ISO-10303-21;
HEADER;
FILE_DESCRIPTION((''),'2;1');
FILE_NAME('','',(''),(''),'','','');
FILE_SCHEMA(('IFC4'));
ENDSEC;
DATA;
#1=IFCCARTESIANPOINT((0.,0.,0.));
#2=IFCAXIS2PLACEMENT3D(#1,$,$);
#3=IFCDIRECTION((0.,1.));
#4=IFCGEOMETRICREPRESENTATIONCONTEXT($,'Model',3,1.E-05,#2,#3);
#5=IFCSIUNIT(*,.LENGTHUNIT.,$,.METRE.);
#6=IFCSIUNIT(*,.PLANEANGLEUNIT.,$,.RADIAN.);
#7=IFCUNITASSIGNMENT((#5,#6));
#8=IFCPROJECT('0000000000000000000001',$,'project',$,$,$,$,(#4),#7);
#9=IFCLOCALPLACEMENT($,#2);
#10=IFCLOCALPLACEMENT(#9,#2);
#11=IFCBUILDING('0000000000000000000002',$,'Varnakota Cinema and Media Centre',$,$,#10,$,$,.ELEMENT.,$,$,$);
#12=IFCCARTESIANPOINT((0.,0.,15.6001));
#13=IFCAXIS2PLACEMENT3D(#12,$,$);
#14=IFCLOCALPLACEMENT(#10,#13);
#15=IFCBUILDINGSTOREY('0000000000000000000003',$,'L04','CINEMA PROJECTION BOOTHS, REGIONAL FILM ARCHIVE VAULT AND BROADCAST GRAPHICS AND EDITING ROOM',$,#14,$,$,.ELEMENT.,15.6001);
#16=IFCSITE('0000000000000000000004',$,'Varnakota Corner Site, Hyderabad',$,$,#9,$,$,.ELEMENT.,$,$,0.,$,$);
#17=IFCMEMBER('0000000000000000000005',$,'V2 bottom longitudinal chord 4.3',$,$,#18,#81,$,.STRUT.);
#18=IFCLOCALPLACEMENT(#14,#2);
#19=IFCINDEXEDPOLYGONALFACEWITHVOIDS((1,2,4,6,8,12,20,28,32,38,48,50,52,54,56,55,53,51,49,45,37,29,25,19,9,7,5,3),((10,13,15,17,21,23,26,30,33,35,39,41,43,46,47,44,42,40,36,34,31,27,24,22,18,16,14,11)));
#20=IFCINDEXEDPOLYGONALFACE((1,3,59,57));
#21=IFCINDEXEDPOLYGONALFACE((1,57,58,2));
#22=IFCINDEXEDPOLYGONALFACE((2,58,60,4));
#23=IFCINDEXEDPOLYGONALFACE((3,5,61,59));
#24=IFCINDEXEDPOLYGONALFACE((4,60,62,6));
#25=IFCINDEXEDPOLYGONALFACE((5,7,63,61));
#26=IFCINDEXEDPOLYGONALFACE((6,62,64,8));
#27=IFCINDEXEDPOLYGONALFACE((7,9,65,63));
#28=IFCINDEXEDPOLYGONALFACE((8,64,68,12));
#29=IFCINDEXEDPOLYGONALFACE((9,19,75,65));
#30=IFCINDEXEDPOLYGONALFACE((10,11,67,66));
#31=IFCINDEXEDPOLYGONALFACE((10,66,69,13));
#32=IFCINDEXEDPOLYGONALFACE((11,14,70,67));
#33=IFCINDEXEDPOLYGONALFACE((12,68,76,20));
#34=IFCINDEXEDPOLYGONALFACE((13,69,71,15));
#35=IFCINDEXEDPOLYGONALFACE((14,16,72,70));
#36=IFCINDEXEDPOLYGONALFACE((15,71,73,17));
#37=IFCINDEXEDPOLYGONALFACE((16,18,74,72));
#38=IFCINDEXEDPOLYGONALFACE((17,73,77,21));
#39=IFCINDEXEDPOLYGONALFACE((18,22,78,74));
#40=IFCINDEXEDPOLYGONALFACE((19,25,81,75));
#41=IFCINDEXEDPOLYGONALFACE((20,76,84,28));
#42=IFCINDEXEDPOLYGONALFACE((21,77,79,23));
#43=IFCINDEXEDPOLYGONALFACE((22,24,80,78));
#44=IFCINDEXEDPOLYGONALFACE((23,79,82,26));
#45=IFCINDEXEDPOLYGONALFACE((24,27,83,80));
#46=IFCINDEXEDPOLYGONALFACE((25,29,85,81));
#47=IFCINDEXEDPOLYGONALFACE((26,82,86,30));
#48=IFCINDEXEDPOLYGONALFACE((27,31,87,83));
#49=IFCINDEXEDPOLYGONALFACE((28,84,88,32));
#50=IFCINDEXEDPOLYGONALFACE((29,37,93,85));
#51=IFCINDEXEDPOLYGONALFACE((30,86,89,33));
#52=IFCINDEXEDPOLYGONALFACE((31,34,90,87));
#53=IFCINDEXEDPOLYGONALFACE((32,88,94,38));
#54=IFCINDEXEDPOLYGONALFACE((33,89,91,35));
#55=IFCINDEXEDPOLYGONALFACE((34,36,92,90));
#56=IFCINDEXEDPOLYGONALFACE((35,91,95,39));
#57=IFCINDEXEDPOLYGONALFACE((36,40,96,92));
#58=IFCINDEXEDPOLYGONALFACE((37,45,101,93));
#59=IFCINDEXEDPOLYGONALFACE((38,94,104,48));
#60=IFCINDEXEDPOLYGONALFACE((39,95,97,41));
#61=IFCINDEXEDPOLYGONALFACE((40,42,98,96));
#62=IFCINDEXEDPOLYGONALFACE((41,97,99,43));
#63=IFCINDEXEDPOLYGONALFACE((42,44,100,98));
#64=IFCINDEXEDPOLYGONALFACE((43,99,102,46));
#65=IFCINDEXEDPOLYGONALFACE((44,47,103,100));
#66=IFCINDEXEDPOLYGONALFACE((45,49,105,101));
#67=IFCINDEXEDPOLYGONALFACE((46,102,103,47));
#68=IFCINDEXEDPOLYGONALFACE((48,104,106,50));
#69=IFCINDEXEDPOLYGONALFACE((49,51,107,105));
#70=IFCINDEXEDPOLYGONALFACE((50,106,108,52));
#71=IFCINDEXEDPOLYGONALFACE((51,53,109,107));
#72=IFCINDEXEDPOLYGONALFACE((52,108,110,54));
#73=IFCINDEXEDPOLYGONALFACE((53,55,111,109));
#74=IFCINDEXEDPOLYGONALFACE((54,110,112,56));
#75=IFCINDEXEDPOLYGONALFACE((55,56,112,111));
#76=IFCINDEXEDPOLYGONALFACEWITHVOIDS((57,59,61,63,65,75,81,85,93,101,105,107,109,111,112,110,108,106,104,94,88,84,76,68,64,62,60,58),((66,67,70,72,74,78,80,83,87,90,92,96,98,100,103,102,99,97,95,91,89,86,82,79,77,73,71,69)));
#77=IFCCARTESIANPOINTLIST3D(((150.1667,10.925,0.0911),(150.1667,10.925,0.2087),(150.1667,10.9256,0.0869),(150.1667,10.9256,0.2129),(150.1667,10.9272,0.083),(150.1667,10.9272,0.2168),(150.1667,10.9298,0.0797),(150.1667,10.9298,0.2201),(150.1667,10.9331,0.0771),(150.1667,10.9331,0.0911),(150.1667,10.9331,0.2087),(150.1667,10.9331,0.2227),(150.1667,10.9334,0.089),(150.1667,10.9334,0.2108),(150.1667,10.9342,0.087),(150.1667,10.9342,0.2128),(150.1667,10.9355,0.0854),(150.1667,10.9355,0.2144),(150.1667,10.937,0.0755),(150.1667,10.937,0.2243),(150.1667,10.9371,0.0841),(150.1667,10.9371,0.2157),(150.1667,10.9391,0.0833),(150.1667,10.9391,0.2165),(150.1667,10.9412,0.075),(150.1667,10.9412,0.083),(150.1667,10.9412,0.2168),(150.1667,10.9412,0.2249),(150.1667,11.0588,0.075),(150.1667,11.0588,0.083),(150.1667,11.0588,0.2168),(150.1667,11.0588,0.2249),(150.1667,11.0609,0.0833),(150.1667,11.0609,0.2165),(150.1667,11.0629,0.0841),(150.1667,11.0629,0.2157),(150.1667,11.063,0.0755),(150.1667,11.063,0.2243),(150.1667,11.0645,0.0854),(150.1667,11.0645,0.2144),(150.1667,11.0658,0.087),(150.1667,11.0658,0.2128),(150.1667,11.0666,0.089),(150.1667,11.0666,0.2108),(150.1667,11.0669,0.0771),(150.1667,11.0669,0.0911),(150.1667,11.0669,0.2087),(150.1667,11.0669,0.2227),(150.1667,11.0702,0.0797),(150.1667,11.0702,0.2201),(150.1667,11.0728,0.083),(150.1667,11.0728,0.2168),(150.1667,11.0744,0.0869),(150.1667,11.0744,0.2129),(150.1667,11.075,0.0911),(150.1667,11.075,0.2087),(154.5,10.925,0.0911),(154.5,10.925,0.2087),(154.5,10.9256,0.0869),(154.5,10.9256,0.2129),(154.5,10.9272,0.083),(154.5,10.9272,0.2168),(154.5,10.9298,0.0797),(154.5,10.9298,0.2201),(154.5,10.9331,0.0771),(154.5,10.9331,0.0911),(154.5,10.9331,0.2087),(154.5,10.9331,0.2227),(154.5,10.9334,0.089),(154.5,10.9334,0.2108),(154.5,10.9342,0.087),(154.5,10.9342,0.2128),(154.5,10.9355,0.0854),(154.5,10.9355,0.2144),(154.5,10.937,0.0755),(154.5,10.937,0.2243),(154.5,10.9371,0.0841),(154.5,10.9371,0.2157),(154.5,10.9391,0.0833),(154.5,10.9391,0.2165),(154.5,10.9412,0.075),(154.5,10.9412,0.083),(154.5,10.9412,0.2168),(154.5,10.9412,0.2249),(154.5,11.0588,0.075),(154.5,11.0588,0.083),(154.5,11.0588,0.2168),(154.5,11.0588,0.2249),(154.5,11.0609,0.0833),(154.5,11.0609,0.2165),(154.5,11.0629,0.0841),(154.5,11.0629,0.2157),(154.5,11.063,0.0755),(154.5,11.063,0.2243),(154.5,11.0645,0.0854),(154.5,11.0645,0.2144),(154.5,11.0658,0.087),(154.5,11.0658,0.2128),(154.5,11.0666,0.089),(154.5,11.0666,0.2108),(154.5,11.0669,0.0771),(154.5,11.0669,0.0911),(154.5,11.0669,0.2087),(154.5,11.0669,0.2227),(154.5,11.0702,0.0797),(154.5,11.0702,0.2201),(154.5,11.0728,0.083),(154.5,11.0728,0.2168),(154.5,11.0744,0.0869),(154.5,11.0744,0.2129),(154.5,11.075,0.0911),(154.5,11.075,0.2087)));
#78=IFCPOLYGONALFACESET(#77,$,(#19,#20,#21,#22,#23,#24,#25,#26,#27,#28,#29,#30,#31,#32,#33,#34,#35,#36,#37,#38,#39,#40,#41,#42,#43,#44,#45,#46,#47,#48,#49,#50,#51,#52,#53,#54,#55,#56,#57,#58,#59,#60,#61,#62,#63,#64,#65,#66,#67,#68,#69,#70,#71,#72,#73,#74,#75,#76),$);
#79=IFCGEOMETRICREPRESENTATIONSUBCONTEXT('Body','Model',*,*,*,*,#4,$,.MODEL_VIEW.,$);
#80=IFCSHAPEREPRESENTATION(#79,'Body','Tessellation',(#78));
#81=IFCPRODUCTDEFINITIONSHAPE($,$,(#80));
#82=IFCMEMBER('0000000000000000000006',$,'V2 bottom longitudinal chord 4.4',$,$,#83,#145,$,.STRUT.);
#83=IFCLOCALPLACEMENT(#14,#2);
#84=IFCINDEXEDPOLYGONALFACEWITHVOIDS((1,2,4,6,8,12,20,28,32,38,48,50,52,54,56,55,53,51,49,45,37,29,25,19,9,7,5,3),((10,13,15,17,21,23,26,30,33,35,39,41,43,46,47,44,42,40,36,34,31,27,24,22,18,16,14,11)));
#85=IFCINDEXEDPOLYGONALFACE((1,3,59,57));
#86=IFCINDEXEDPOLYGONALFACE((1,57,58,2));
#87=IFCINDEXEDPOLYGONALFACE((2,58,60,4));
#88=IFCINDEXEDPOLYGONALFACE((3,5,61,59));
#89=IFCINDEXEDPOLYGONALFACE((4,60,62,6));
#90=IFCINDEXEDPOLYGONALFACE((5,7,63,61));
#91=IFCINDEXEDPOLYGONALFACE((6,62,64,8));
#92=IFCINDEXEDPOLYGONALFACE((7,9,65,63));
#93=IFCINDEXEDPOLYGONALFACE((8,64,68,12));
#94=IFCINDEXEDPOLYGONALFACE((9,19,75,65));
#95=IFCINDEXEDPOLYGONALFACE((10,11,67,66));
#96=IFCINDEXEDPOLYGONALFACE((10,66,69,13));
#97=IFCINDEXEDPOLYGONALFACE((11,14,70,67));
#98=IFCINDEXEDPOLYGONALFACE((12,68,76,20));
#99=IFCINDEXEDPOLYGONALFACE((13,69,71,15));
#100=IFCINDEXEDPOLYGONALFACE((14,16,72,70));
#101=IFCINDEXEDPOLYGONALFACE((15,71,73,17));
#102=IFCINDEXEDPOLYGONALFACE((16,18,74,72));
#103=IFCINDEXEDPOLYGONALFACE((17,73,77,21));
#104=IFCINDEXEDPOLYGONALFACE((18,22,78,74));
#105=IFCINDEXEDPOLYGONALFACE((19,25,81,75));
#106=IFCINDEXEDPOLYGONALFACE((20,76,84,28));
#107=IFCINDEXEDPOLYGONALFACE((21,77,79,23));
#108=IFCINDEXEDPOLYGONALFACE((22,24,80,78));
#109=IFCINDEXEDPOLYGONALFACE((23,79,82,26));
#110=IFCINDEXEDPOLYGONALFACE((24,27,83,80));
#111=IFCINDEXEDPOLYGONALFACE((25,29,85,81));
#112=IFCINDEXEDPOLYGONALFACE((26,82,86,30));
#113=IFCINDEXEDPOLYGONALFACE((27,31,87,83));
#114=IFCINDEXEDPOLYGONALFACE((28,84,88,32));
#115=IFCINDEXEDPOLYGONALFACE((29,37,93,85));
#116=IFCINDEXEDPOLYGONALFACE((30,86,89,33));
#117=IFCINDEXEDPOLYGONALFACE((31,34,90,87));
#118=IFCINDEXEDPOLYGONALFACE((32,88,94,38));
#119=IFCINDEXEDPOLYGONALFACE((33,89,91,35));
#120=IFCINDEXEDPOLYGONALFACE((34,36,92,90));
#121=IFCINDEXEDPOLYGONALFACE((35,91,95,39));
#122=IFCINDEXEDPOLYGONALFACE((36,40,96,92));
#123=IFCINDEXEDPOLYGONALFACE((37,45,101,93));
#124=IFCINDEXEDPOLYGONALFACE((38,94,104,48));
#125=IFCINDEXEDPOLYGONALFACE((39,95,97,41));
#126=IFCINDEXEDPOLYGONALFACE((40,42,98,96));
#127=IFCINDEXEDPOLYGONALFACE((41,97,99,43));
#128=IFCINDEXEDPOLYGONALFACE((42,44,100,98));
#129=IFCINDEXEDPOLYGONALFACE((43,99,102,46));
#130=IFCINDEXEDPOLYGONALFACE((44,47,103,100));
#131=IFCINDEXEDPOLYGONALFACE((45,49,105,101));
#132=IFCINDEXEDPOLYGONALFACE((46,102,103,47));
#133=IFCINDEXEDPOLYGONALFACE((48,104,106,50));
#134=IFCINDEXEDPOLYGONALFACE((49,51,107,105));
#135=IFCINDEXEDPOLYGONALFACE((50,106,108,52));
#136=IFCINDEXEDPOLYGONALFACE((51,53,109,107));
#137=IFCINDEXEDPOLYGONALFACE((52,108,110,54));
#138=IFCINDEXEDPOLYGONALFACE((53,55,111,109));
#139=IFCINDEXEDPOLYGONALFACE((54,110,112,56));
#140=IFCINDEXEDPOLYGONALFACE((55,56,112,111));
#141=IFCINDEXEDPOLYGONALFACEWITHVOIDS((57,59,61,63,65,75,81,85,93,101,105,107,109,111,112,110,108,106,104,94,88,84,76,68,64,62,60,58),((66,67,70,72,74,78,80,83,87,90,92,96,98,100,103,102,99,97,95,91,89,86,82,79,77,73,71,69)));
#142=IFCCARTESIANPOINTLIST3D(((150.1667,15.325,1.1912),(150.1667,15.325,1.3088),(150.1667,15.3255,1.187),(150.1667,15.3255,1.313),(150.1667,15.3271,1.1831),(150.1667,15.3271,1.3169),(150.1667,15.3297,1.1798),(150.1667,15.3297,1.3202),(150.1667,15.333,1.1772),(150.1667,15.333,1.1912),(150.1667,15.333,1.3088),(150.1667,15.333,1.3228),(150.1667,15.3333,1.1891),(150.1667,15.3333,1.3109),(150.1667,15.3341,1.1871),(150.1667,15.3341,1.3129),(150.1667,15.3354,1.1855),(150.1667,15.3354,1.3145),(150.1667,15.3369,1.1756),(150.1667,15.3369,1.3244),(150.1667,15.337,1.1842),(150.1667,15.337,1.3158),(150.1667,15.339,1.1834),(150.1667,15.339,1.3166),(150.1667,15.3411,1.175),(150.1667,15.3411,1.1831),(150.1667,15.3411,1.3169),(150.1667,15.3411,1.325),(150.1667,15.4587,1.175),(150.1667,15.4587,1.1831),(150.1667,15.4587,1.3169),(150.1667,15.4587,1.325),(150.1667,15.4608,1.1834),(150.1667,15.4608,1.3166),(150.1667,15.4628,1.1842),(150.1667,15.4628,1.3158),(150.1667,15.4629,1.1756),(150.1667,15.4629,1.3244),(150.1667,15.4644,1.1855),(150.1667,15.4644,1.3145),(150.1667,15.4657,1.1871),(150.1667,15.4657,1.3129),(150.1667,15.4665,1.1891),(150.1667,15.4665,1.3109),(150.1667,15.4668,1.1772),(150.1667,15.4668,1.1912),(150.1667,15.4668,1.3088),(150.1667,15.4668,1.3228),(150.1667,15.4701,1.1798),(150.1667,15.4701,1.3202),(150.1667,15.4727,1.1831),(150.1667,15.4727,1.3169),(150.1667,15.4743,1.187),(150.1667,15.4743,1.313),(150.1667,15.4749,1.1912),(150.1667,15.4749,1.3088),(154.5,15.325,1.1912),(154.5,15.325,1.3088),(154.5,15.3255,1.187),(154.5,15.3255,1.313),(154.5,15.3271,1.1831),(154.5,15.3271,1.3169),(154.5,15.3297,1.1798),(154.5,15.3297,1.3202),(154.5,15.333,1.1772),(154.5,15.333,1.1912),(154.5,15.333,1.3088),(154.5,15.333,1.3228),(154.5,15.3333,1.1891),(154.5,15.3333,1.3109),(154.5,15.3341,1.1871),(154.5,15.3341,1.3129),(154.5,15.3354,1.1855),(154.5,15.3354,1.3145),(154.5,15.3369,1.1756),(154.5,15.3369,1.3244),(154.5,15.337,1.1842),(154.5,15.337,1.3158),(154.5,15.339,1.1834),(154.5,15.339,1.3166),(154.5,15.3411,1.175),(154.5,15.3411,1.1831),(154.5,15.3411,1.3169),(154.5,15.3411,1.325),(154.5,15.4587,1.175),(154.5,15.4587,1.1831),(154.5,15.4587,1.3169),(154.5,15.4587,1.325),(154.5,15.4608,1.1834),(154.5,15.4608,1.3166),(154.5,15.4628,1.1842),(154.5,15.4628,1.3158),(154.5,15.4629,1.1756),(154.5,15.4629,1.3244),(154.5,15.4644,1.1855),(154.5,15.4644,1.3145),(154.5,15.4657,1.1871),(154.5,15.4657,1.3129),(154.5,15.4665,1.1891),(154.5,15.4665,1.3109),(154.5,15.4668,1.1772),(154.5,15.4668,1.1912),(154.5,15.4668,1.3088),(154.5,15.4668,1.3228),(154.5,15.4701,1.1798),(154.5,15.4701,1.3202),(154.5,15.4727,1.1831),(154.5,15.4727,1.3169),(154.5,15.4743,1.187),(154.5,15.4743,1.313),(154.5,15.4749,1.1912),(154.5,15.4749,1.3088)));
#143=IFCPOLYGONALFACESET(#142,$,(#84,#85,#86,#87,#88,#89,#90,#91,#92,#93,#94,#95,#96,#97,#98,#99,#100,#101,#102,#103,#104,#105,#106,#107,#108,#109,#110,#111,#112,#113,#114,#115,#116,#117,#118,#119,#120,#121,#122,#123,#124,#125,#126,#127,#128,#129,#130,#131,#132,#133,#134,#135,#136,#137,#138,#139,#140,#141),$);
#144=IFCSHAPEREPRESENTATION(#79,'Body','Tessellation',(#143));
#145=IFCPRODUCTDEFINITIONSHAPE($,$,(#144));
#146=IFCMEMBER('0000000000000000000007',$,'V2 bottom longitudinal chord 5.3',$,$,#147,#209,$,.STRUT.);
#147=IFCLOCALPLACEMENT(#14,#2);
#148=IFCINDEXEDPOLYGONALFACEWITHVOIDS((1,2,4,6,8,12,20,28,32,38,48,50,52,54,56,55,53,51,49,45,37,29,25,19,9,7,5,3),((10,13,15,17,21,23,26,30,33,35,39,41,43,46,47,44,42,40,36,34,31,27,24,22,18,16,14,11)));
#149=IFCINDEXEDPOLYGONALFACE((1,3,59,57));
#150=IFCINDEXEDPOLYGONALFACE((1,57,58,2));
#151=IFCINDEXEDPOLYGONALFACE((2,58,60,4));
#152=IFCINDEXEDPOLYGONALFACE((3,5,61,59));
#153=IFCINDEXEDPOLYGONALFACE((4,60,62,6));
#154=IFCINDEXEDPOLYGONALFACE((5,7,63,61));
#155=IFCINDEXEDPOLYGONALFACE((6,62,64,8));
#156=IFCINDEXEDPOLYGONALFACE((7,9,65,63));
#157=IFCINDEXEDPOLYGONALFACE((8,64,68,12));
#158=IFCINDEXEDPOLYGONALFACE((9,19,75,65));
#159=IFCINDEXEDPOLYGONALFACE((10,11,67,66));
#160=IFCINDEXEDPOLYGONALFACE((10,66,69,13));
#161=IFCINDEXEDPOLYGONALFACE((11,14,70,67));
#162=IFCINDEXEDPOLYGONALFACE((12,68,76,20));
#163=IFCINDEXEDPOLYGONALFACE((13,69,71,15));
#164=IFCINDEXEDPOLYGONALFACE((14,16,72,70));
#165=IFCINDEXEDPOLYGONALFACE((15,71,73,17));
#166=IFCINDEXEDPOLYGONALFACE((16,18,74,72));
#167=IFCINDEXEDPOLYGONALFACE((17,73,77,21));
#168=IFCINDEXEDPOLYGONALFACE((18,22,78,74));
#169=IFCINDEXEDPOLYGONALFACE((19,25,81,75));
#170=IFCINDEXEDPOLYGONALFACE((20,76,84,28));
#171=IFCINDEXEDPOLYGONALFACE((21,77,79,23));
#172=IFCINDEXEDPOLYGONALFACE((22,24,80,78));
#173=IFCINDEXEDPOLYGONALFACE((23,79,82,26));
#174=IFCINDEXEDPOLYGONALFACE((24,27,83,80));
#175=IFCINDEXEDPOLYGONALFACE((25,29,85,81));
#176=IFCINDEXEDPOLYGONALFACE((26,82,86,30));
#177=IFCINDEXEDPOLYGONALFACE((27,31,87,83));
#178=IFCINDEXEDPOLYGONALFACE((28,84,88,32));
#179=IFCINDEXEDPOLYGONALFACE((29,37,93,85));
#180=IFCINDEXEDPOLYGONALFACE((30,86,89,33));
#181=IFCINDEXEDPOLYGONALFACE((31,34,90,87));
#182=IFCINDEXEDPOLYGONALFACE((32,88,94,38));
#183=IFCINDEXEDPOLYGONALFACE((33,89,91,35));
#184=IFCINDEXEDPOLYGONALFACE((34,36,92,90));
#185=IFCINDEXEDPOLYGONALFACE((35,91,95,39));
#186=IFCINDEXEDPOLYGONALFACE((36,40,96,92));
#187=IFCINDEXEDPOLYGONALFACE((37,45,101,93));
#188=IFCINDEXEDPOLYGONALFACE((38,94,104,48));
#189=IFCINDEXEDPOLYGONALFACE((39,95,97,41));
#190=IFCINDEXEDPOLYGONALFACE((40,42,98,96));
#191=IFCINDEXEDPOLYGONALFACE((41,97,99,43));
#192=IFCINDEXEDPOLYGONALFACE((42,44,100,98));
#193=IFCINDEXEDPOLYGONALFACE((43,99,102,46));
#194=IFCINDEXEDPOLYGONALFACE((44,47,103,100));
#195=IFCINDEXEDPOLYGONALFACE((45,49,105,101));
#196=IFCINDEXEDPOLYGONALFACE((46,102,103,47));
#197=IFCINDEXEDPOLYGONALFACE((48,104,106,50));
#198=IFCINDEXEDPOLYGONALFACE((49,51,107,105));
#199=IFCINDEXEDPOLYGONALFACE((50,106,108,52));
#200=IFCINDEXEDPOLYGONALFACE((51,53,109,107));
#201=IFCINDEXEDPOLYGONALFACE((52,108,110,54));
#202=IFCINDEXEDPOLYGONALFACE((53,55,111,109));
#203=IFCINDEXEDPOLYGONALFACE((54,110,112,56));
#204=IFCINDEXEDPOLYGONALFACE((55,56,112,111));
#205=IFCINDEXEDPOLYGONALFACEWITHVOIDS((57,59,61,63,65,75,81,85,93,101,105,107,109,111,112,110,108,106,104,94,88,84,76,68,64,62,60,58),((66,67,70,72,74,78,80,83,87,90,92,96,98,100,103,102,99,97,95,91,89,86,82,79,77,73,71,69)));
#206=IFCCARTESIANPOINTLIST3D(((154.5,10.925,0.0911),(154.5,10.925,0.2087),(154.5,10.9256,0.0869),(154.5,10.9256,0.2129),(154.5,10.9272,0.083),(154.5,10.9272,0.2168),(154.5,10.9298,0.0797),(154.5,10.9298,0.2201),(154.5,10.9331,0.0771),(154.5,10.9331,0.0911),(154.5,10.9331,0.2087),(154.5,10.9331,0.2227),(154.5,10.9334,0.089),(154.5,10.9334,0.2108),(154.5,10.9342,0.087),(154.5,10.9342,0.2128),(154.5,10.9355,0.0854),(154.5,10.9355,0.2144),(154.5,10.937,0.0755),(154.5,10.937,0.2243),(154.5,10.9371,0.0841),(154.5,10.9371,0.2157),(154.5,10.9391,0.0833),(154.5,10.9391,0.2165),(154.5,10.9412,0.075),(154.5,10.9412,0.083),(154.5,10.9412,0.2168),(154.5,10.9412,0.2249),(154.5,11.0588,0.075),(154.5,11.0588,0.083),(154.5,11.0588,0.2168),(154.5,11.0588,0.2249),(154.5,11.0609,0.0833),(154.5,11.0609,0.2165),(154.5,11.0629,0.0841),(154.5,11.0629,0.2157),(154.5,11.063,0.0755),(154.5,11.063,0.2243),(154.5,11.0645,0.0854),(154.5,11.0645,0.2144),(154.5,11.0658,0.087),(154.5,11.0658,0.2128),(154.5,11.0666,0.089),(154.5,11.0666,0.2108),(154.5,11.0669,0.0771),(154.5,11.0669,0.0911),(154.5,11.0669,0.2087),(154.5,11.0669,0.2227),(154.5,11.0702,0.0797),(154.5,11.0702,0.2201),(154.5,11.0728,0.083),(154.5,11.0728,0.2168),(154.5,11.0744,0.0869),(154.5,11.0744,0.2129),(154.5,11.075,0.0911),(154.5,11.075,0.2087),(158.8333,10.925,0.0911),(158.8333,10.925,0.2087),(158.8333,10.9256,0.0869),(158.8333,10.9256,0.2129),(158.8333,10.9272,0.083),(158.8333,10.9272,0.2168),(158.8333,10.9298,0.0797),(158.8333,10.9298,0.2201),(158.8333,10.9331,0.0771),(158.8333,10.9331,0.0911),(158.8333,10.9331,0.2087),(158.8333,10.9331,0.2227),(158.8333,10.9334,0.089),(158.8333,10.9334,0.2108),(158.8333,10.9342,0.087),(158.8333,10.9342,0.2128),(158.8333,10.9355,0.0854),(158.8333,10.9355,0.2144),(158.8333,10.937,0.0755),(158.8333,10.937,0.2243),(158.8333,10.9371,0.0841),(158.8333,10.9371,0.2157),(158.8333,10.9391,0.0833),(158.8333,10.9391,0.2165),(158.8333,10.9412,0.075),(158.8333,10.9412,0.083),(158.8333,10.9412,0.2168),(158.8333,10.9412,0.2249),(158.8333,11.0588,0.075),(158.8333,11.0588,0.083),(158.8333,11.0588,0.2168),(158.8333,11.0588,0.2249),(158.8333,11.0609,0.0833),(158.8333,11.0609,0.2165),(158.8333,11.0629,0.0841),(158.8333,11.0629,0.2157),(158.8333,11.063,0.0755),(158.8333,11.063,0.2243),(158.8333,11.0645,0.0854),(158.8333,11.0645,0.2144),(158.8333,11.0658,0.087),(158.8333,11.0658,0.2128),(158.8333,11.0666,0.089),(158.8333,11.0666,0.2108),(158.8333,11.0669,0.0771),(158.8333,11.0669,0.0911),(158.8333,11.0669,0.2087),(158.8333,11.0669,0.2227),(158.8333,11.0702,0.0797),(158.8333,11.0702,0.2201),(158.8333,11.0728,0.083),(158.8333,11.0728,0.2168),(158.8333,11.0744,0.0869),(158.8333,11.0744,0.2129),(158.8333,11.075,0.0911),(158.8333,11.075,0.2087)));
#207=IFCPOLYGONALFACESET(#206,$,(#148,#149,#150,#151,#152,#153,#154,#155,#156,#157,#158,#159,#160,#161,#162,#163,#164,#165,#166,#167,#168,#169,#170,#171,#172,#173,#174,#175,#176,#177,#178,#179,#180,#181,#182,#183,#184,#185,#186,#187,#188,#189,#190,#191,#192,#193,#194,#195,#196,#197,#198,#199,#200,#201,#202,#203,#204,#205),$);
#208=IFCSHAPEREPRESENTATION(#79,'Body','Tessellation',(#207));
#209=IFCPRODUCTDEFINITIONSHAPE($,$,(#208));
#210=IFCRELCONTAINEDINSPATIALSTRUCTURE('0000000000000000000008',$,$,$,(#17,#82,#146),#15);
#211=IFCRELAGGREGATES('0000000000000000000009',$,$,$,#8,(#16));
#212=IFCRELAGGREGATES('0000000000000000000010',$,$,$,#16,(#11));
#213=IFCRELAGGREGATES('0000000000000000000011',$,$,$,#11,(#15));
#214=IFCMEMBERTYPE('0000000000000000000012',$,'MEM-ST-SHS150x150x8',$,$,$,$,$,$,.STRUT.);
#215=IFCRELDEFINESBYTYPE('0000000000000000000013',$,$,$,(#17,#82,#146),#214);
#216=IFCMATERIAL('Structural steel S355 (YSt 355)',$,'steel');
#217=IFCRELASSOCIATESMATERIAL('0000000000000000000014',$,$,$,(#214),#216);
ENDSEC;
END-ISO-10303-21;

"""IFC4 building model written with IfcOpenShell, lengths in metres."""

from ifc_helpers import new_model, si_unit, direction, frame, origin, origin_2d, place, context, subcontext, project, spatial, hollow_rectangle, extrude, material, material_profile, profile_set, type_object, element, save


model = new_model("IFC4")

# Units and contexts
model_context = context("Model", 3, precision=1e-05, world=origin(), true_north=direction((0.0, 1.0)))
body_context = subcontext(model_context, "Body", "Model", "MODEL_VIEW")
ifc_project = project(units=[si_unit("LENGTHUNIT", "METRE"), si_unit("PLANEANGLEUNIT", "RADIAN")], contexts=[model_context])

# Site, building, storey
site_placement = place(None, origin())
site = spatial("IfcSite", under=ifc_project, at=site_placement, Name="Varnakota Corner Site, Hyderabad", CompositionType="ELEMENT", RefElevation=0.0)
building_placement = place(site_placement, origin())
building = spatial("IfcBuilding", under=site, at=building_placement, Name="Varnakota Cinema and Media Centre", CompositionType="ELEMENT")
storey_placement = place(building_placement, frame((0.0, 0.0, 15.6001)))
storey = spatial("IfcBuildingStorey", under=building, at=storey_placement, Name="L04", Description="CINEMA PROJECTION BOOTHS, REGIONAL FILM ARCHIVE VAULT AND BROADCAST GRAPHICS AND EDITING ROOM", CompositionType="ELEMENT", Elevation=15.6001)

# Members
ifc_material_1 = material(Name="Structural steel S355 (YSt 355)", Category="steel")
ifc_material_profile_1 = material_profile(ifc_material_1, hollow_rectangle(XDim=0.1499, YDim=0.1499, WallThickness=0.0081, InnerFilletRadius=0.0081, OuterFilletRadius=0.0161, at=origin_2d()), Name="SHS 150x150x8")
ifc_profile_set_1 = profile_set([ifc_material_profile_1], Name="Structural steel S355 (YSt 355)")
member_type_1 = type_object("IfcMemberType", Name="MEM-ST-SHS150x150x8", PredefinedType="STRUT", material=ifc_profile_set_1)
for number, where, z_axis, x_axis, name in (
    (1, (150.1667, 11.0, 0.1499), (1.0, 0.0, 0.0), (0.0, 1.0, 0.0), "V2 bottom longitudinal chord 4.3"),
    (2, (150.1667, 15.3999, 1.25), (1.0, 0.0, 0.0), (0.0, 1.0, 0.0), "V2 bottom longitudinal chord 4.4"),
    (3, (154.5, 11.0, 0.1499), (1.0, 0.0, 0.0), (0.0, 1.0, 0.0), "V2 bottom longitudinal chord 5.3"),
):
    element("IfcMember", number, at=place(storey_placement, frame(where, z_axis=z_axis, x_axis=x_axis)), inside=storey, type_object=member_type_1, Name=name, PredefinedType="STRUT", context=body_context, shape_type="SweptSolid", body=[
        extrude(hollow_rectangle(XDim=0.1499, YDim=0.1499, WallThickness=0.0081, InnerFilletRadius=0.0081, OuterFilletRadius=0.0161, at=origin_2d()), origin(), (0.0, 0.0, 1.0), 4.3333),
    ])

save(model, "model.ifc")
